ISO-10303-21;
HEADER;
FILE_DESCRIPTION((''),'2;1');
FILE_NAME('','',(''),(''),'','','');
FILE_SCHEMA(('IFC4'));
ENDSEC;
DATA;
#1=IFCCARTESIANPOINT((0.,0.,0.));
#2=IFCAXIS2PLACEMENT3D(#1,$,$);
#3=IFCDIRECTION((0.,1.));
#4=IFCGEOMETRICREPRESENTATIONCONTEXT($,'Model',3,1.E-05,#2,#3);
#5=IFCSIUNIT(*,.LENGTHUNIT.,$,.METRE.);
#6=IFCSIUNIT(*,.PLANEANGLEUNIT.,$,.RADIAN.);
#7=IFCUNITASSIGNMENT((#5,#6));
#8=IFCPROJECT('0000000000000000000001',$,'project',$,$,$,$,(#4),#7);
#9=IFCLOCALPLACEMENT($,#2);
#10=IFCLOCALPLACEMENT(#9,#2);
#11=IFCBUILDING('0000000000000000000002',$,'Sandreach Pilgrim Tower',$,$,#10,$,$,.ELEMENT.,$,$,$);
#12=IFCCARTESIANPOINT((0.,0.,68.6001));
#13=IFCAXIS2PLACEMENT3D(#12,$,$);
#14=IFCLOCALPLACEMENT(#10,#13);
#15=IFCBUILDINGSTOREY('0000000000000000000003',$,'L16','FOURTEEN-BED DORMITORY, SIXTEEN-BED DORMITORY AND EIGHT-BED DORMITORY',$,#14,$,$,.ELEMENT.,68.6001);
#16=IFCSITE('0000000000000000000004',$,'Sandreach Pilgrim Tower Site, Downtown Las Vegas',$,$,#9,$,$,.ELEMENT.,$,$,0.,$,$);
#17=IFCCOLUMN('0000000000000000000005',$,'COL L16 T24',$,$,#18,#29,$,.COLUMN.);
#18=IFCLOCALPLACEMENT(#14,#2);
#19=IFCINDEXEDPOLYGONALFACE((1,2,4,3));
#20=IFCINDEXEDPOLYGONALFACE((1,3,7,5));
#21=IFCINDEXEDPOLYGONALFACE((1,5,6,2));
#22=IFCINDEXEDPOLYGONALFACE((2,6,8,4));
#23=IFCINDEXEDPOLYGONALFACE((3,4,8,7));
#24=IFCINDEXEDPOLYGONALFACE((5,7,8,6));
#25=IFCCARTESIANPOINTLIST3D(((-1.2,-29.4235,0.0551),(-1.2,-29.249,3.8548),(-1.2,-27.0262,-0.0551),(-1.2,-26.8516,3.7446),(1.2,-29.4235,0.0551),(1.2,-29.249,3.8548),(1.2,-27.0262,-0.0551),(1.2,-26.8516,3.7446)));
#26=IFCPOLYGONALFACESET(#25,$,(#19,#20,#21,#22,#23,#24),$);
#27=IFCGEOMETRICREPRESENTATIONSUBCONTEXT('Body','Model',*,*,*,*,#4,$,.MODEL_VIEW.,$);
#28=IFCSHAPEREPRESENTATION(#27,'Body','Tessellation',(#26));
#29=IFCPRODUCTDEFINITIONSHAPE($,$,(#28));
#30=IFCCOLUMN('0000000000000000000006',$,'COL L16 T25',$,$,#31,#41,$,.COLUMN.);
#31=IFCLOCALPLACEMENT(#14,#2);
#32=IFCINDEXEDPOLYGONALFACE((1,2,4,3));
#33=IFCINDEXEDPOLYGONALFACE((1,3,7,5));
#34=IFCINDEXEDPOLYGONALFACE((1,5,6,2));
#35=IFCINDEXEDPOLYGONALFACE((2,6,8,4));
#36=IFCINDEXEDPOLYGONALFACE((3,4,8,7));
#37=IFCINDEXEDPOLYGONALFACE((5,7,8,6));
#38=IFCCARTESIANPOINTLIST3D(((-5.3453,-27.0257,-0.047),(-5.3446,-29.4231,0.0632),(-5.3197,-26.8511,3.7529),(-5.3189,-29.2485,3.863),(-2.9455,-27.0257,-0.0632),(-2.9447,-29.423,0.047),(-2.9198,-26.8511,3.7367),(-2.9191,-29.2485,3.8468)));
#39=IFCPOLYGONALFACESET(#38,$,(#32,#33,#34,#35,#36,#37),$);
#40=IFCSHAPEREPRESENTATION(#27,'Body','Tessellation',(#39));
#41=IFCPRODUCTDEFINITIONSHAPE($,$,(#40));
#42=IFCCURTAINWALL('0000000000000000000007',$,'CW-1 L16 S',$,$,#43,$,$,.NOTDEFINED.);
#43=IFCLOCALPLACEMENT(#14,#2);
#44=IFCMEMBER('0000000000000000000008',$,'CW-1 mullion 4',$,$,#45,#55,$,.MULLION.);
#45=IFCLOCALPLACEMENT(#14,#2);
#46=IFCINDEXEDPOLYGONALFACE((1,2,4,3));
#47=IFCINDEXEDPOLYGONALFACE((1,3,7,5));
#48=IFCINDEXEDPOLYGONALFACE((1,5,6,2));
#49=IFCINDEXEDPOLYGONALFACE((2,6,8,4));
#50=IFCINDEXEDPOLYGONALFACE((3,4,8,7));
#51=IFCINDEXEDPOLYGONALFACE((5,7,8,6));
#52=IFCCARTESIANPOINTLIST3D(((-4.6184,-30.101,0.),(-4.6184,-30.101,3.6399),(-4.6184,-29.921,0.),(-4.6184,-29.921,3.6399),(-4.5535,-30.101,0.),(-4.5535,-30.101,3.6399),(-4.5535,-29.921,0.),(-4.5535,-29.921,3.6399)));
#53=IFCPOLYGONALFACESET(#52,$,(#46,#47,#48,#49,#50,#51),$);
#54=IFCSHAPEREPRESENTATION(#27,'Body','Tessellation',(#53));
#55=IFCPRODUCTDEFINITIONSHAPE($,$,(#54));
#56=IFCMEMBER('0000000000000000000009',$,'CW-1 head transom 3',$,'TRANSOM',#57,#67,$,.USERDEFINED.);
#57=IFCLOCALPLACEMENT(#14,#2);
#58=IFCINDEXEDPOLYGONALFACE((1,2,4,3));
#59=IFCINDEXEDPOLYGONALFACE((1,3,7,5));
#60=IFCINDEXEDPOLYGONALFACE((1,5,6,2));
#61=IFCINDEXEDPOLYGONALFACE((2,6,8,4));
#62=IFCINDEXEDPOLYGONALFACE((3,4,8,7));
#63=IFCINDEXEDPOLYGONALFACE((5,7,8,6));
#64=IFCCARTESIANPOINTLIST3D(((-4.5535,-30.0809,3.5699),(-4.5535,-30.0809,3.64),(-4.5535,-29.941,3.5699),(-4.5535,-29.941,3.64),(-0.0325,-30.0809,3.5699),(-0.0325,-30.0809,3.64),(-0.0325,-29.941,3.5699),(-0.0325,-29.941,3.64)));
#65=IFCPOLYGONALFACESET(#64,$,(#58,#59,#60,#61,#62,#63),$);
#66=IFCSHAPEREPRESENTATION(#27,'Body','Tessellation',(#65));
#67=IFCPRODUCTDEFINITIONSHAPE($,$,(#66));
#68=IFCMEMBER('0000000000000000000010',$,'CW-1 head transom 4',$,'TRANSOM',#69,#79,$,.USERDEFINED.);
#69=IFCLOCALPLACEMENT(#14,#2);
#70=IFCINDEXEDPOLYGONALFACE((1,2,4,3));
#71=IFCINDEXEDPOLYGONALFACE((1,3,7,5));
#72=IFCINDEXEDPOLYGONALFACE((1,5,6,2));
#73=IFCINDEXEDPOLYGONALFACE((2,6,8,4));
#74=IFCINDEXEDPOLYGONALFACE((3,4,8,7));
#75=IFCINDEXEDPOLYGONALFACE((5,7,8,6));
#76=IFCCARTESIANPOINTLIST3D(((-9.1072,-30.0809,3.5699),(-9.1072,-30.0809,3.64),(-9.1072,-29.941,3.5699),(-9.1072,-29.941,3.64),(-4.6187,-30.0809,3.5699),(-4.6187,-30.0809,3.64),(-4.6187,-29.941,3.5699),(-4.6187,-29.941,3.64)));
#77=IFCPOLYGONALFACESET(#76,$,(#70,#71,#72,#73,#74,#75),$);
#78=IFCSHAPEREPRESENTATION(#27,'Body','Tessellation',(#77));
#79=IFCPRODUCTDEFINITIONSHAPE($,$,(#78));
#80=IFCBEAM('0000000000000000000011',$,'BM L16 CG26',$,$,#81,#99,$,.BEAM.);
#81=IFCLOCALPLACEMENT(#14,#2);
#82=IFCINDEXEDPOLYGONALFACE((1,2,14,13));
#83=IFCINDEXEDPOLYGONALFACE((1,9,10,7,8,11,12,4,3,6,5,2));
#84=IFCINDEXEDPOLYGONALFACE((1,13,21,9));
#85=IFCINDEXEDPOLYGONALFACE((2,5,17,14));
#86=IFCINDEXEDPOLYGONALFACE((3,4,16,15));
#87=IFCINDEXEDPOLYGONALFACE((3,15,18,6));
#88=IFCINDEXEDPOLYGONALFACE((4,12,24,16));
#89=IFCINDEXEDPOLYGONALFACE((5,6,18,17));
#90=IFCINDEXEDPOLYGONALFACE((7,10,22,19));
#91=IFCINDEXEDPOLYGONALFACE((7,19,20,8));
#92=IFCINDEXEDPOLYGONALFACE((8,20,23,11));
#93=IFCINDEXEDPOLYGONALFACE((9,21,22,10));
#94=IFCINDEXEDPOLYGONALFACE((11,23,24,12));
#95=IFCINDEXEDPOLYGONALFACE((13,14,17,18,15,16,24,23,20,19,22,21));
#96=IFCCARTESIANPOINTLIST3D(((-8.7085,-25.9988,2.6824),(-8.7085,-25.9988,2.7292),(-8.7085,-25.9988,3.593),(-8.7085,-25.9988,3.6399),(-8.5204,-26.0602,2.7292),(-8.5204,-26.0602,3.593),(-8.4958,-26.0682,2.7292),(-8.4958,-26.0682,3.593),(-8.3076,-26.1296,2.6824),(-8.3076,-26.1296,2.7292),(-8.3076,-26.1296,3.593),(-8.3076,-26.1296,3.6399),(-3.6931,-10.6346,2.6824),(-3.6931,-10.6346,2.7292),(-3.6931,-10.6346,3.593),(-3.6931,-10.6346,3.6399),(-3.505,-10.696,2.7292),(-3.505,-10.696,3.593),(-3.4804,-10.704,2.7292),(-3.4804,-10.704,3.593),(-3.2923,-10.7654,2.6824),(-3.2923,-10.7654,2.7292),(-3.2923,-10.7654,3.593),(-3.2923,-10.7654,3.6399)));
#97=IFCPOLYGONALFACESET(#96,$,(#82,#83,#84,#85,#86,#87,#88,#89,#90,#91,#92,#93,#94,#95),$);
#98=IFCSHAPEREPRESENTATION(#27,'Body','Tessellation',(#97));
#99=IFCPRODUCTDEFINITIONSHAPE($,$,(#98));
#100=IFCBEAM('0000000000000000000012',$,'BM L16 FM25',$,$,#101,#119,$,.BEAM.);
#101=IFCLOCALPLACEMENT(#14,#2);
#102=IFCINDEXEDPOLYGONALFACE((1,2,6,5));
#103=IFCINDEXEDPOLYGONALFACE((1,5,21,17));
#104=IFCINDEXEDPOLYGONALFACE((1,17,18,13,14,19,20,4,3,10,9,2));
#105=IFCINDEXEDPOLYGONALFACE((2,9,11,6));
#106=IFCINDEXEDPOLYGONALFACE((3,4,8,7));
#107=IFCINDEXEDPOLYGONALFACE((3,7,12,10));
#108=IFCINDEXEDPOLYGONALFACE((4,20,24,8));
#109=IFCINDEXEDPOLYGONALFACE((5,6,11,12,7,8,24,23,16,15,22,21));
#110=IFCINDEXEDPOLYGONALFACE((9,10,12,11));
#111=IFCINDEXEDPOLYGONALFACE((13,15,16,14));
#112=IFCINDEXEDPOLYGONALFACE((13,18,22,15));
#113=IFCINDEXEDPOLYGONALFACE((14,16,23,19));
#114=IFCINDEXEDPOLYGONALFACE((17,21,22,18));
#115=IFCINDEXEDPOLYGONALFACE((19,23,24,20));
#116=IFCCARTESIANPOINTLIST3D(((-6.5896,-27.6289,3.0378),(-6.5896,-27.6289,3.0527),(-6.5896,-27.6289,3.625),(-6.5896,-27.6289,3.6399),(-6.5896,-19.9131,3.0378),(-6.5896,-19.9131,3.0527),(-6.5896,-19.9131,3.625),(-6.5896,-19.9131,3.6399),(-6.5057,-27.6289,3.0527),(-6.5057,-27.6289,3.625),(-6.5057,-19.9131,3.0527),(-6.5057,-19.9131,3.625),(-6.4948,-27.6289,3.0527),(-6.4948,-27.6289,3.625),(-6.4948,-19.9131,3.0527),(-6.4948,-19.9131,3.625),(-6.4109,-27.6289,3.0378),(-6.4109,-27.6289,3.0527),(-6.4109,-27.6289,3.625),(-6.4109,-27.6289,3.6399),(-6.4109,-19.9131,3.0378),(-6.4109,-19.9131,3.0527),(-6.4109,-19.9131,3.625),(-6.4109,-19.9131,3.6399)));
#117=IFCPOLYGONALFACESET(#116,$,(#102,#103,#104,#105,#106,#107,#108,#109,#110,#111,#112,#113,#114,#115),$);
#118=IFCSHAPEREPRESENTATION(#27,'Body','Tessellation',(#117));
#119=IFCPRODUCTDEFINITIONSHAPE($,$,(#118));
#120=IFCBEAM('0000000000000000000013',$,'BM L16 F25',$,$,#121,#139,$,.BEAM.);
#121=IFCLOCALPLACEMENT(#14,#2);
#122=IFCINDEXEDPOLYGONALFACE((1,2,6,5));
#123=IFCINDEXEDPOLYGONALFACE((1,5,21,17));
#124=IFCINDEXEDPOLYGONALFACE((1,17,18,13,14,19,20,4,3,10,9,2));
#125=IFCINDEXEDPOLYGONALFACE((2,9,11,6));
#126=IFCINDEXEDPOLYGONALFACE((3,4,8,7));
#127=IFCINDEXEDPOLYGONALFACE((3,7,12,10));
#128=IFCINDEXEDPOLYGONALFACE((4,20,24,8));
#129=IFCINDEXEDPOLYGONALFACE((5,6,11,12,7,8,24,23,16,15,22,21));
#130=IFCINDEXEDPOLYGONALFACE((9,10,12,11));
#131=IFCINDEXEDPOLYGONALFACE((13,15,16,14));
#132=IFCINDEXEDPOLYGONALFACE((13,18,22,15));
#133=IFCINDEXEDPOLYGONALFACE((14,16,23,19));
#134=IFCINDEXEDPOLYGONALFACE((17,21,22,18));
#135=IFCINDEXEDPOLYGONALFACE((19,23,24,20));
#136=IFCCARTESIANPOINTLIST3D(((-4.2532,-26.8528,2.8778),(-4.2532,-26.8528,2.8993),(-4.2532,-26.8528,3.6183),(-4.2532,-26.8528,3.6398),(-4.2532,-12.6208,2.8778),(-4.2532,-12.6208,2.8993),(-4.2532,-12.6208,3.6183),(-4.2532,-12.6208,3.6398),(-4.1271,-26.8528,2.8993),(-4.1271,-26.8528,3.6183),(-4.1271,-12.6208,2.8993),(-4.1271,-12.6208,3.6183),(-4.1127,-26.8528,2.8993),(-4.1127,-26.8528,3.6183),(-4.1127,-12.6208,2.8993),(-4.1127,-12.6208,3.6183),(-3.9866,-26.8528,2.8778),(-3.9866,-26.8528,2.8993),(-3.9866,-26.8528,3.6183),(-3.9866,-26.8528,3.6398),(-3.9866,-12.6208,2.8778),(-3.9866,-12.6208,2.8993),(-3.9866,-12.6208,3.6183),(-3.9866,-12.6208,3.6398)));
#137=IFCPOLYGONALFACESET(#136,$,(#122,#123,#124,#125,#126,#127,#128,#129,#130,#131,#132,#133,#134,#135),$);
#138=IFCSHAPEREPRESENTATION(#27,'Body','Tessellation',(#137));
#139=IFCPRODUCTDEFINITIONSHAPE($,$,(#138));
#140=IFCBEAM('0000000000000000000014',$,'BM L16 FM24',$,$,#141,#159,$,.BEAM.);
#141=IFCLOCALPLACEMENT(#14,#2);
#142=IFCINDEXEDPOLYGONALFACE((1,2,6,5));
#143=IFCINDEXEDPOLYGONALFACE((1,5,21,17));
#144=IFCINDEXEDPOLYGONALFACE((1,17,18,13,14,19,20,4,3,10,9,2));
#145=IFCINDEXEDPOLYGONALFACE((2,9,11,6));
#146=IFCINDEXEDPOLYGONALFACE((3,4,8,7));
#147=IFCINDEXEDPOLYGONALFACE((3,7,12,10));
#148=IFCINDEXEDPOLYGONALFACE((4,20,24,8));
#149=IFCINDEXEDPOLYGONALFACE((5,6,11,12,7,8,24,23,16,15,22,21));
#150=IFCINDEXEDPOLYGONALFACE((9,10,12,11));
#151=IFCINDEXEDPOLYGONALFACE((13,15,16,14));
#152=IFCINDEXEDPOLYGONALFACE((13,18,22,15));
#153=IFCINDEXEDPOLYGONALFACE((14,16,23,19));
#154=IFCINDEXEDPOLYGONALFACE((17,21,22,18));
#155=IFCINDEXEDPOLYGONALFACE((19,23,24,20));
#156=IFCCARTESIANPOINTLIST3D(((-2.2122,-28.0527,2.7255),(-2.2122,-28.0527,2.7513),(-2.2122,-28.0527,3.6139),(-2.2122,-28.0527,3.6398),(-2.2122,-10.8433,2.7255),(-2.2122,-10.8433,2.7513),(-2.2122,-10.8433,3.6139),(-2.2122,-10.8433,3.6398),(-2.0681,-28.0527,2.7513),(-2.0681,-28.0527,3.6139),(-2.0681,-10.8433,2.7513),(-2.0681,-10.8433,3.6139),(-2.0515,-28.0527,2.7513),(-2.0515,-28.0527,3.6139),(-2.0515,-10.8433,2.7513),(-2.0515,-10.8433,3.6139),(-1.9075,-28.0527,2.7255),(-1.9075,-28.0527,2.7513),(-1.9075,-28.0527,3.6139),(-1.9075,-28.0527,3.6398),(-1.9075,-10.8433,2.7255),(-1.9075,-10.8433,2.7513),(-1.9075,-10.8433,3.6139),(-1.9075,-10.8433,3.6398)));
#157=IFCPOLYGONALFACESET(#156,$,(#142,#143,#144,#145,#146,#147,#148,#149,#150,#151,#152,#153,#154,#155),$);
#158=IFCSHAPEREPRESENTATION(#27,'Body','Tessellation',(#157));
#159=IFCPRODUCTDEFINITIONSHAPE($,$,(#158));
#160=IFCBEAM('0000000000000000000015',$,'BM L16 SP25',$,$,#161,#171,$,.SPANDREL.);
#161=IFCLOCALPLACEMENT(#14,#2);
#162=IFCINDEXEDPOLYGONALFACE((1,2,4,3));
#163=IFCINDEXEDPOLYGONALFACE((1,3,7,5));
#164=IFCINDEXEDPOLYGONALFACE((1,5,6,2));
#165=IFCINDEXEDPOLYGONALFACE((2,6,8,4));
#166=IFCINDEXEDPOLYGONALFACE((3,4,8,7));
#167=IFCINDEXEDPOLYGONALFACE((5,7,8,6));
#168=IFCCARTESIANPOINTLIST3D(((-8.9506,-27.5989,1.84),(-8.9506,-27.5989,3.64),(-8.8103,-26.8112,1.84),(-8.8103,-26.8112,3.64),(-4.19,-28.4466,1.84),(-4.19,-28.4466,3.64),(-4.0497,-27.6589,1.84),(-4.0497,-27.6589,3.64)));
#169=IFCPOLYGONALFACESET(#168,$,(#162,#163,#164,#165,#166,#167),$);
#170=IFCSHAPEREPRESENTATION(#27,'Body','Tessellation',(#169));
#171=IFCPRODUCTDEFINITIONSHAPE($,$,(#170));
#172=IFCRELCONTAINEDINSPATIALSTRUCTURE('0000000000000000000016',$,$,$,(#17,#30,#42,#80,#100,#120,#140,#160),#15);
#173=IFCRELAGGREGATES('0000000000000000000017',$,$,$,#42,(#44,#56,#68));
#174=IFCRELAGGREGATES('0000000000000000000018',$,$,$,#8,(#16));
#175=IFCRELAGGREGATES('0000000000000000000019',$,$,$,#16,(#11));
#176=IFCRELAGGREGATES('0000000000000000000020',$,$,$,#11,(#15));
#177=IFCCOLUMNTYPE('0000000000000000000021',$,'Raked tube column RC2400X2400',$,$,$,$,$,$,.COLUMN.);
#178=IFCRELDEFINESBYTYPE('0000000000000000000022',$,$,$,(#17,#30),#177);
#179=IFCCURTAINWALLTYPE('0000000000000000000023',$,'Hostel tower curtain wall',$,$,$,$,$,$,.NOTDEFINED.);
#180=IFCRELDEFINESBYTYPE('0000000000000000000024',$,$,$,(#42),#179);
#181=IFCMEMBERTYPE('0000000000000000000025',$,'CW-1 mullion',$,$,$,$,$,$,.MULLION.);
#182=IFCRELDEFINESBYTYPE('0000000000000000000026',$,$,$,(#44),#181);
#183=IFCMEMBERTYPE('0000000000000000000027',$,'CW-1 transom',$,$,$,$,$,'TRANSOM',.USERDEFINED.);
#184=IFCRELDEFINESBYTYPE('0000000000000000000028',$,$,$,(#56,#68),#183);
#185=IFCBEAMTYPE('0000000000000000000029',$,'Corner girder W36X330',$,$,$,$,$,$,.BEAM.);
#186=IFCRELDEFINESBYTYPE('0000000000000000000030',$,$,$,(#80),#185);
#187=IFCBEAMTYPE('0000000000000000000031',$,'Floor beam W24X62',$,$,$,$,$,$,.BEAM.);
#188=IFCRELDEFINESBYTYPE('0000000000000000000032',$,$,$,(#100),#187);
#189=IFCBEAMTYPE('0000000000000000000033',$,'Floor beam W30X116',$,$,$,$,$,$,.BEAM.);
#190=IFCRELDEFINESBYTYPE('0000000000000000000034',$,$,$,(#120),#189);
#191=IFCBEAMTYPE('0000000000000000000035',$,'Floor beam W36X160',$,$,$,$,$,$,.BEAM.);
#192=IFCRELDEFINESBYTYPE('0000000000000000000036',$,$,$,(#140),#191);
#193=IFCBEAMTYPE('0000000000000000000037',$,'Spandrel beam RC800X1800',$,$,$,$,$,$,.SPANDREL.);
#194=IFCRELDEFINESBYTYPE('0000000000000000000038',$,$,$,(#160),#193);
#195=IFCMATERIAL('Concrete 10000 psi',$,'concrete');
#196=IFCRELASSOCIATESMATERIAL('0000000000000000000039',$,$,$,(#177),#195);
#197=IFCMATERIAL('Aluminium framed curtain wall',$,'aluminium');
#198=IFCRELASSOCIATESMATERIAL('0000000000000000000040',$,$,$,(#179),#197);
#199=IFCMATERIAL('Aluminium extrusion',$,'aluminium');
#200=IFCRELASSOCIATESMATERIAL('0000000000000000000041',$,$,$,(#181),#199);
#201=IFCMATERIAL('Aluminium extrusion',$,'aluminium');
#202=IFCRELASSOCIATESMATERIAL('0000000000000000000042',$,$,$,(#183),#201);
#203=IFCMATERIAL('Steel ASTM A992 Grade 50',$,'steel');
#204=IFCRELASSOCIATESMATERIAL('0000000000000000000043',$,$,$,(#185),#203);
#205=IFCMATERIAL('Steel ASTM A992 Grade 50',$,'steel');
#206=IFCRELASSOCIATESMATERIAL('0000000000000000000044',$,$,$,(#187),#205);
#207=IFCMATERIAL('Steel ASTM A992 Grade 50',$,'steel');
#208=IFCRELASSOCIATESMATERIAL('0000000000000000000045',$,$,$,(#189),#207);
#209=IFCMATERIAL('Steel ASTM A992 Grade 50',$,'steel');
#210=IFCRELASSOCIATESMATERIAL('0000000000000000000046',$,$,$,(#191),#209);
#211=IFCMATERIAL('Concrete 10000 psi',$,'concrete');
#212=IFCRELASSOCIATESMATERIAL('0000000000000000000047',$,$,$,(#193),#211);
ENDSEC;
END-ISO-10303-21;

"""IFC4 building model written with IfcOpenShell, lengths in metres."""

from ifc_helpers import new_model, si_unit, direction, frame, origin, origin_2d, place, context, subcontext, project, spatial, rectangle, i_section, extrude, material, material_profile, profile_set, type_object, element, aggregate, save


model = new_model("IFC4")

# Units and contexts
model_context = context("Model", 3, precision=1e-05, world=origin(), true_north=direction((0.0, 1.0)))
body_context = subcontext(model_context, "Body", "Model", "MODEL_VIEW")
ifc_project = project(units=[si_unit("LENGTHUNIT", "METRE"), si_unit("PLANEANGLEUNIT", "RADIAN")], contexts=[model_context])

# Site, building, storey
site_placement = place(None, origin())
site = spatial("IfcSite", under=ifc_project, at=site_placement, Name="Sandreach Pilgrim Tower Site, Downtown Las Vegas", CompositionType="ELEMENT", RefElevation=0.0)
building_placement = place(site_placement, origin())
building = spatial("IfcBuilding", under=site, at=building_placement, Name="Sandreach Pilgrim Tower", CompositionType="ELEMENT")
storey_placement = place(building_placement, frame((0.0, 0.0, 68.6001)))
storey = spatial("IfcBuildingStorey", under=building, at=storey_placement, Name="L16", Description="FOURTEEN-BED DORMITORY, SIXTEEN-BED DORMITORY AND EIGHT-BED DORMITORY", CompositionType="ELEMENT", Elevation=68.6001)

# Columns
ifc_material_1 = material(Name="Concrete 10000 psi", Category="concrete")
ifc_material_profile_1 = material_profile(ifc_material_1, rectangle(XDim=2.3999, YDim=2.3999, at=origin_2d()), Name="RC2400X2400")
ifc_profile_set_1 = profile_set([ifc_material_profile_1], Name="Concrete 10000 psi")
column_type = type_object("IfcColumnType", Name="Raked tube column RC2400X2400", PredefinedType="COLUMN", material=ifc_profile_set_1)
column_1_placement = place(storey_placement, frame((0.0, -28.2249, 0.0), z_axis=(0.0, 0.045891, 0.998946), x_axis=(0.0, -0.998946, 0.045891)))
element("IfcColumn", 1, at=column_1_placement, inside=storey, type_object=column_type, Name="COL L16 T24", PredefinedType="COLUMN", context=body_context, shape_type="SweptSolid", body=[
    extrude(rectangle(XDim=2.3999, YDim=2.3999, at=origin_2d()), origin(), (0.0, 0.0, 1.0), 3.8037),
])
column_2_placement = place(storey_placement, frame((-4.145, -28.2244, 0.0), z_axis=(0.006739, 0.04589, 0.998924), x_axis=(0.000315, -0.998947, 0.045889)))
element("IfcColumn", 2, at=column_2_placement, inside=storey, type_object=column_type, Name="COL L16 T25", PredefinedType="COLUMN", context=body_context, shape_type="SweptSolid", body=[
    extrude(rectangle(XDim=2.3999, YDim=2.3999, at=origin_2d()), origin(), (0.0, 0.0, 1.0), 3.804),
])

# Curtain wall, members
ifc_material_2 = material(Name="Aluminium framed curtain wall", Category="aluminium")
curtain_wall_type = type_object("IfcCurtainWallType", Name="Hostel tower curtain wall", PredefinedType="NOTDEFINED", material=ifc_material_2)
curtain_wall_placement = place(storey_placement, origin())
curtain_wall = element("IfcCurtainWall", 3, at=curtain_wall_placement, inside=storey, type_object=curtain_wall_type, Name="CW-1 L16 S", PredefinedType="NOTDEFINED")
ifc_material_3 = material(Name="Aluminium extrusion", Category="aluminium")
ifc_material_profile_2 = material_profile(ifc_material_3, rectangle(XDim=0.0649, YDim=0.1799, at=origin_2d()), Name="CW-1M 65X180")
ifc_profile_set_2 = profile_set([ifc_material_profile_2], Name="Aluminium extrusion")
member_type_1 = type_object("IfcMemberType", Name="CW-1 mullion", PredefinedType="MULLION", material=ifc_profile_set_2)
member_1_placement = place(storey_placement, frame((-4.5859, -30.011, 0.0), z_axis=(0.0, 0.0, 1.0), x_axis=(-1.0, 0.0, 0.0)))
member_1 = element("IfcMember", 4, at=member_1_placement, type_object=member_type_1, Name="CW-1 mullion 4", PredefinedType="MULLION", context=body_context, shape_type="SweptSolid", body=[
    extrude(rectangle(XDim=0.0649, YDim=0.1799, at=origin_2d()), origin(), (0.0, 0.0, 1.0), 3.6399),
])
ifc_material_4 = material(Name="Aluminium extrusion", Category="aluminium")
ifc_material_profile_3 = material_profile(ifc_material_4, rectangle(XDim=0.1399, YDim=0.0701, at=origin_2d()), Name="CW-1T 140X70")
ifc_profile_set_3 = profile_set([ifc_material_profile_3], Name="Aluminium extrusion")
member_type_2 = type_object("IfcMemberType", Name="CW-1 transom", ElementType="TRANSOM", PredefinedType="USERDEFINED", material=ifc_profile_set_3)
member_2_placement = place(storey_placement, frame((-0.0325, -30.011, 3.605), z_axis=(-1.0, 0.0, 0.0), x_axis=(0.0, -1.0, 0.0)))
member_2 = element("IfcMember", 5, at=member_2_placement, type_object=member_type_2, Name="CW-1 head transom 3", ObjectType="TRANSOM", PredefinedType="USERDEFINED", context=body_context, shape_type="SweptSolid", body=[
    extrude(rectangle(XDim=0.1399, YDim=0.0701, at=origin_2d()), origin(), (0.0, 0.0, 1.0), 4.521),
])
member_3_placement = place(storey_placement, frame((-4.6187, -30.011, 3.605), z_axis=(-1.0, 0.0, 0.0), x_axis=(0.0, -1.0, 0.0)))
member_3 = element("IfcMember", 6, at=member_3_placement, type_object=member_type_2, Name="CW-1 head transom 4", ObjectType="TRANSOM", PredefinedType="USERDEFINED", context=body_context, shape_type="SweptSolid", body=[
    extrude(rectangle(XDim=0.1399, YDim=0.0701, at=origin_2d()), origin(), (0.0, 0.0, 1.0), 4.4885),
])

# Beams
ifc_material_5 = material(Name="Steel ASTM A992 Grade 50", Category="steel")
ifc_material_profile_4 = material_profile(ifc_material_5, i_section(OverallWidth=0.4216, OverallDepth=0.9575, WebThickness=0.0259, FlangeThickness=0.0469, at=origin_2d()), Name="W36X330")
ifc_profile_set_4 = profile_set([ifc_material_profile_4], Name="Steel ASTM A992 Grade 50")
beam_type_1 = type_object("IfcBeamType", Name="Corner girder W36X330", PredefinedType="BEAM", material=ifc_profile_set_4)
beam_1_placement = place(storey_placement, frame((-8.5081, -26.0642, 3.1611), z_axis=(0.310317, 0.950633, 0.0), x_axis=(-0.950633, 0.310317, 0.0)))
element("IfcBeam", 7, at=beam_1_placement, inside=storey, type_object=beam_type_1, Name="BM L16 CG26", PredefinedType="BEAM", context=body_context, shape_type="SweptSolid", body=[
    extrude(i_section(OverallWidth=0.4216, OverallDepth=0.9575, WebThickness=0.0259, FlangeThickness=0.0469, at=origin_2d()), origin(), (0.0, 0.0, 1.0), 16.1621),
])
ifc_material_6 = material(Name="Steel ASTM A992 Grade 50", Category="steel")
ifc_material_profile_5 = material_profile(ifc_material_6, i_section(OverallWidth=0.1787, OverallDepth=0.6021, WebThickness=0.011, FlangeThickness=0.0149, at=origin_2d()), Name="W24X62")
ifc_profile_set_5 = profile_set([ifc_material_profile_5], Name="Steel ASTM A992 Grade 50")
beam_type_2 = type_object("IfcBeamType", Name="Floor beam W24X62", PredefinedType="BEAM", material=ifc_profile_set_5)
beam_2_placement = place(storey_placement, frame((-6.5002, -27.6289, 3.3389), z_axis=(0.0, 1.0, 0.0), x_axis=(-1.0, 0.0, 0.0)))
element("IfcBeam", 8, at=beam_2_placement, inside=storey, type_object=beam_type_2, Name="BM L16 FM25", PredefinedType="BEAM", context=body_context, shape_type="SweptSolid", body=[
    extrude(i_section(OverallWidth=0.1787, OverallDepth=0.6021, WebThickness=0.011, FlangeThickness=0.0149, at=origin_2d()), origin(), (0.0, 0.0, 1.0), 7.7158),
])
ifc_material_7 = material(Name="Steel ASTM A992 Grade 50", Category="steel")
ifc_material_profile_6 = material_profile(ifc_material_7, i_section(OverallWidth=0.2666, OverallDepth=0.762, WebThickness=0.0144, FlangeThickness=0.0215, at=origin_2d()), Name="W30X116")
ifc_profile_set_6 = profile_set([ifc_material_profile_6], Name="Steel ASTM A992 Grade 50")
beam_type_3 = type_object("IfcBeamType", Name="Floor beam W30X116", PredefinedType="BEAM", material=ifc_profile_set_6)
beam_3_placement = place(storey_placement, frame((-4.1199, -26.8528, 3.2588), z_axis=(0.0, 1.0, 0.0), x_axis=(-1.0, 0.0, 0.0)))
element("IfcBeam", 9, at=beam_3_placement, inside=storey, type_object=beam_type_3, Name="BM L16 F25", PredefinedType="BEAM", context=body_context, shape_type="SweptSolid", body=[
    extrude(i_section(OverallWidth=0.2666, OverallDepth=0.762, WebThickness=0.0144, FlangeThickness=0.0215, at=origin_2d()), origin(), (0.0, 0.0, 1.0), 14.2319),
])
ifc_material_8 = material(Name="Steel ASTM A992 Grade 50", Category="steel")
ifc_material_profile_7 = material_profile(ifc_material_8, i_section(OverallWidth=0.3047, OverallDepth=0.9143, WebThickness=0.0166, FlangeThickness=0.0259, at=origin_2d()), Name="W36X160")
ifc_profile_set_7 = profile_set([ifc_material_profile_7], Name="Steel ASTM A992 Grade 50")
beam_type_4 = type_object("IfcBeamType", Name="Floor beam W36X160", PredefinedType="BEAM", material=ifc_profile_set_7)
beam_4_placement = place(storey_placement, frame((-2.0598, -28.0527, 3.1826), z_axis=(0.0, 1.0, 0.0), x_axis=(-1.0, 0.0, 0.0)))
element("IfcBeam", 10, at=beam_4_placement, inside=storey, type_object=beam_type_4, Name="BM L16 FM24", PredefinedType="BEAM", context=body_context, shape_type="SweptSolid", body=[
    extrude(i_section(OverallWidth=0.3047, OverallDepth=0.9143, WebThickness=0.0166, FlangeThickness=0.0259, at=origin_2d()), origin(), (0.0, 0.0, 1.0), 17.2095),
])
ifc_material_9 = material(Name="Concrete 10000 psi", Category="concrete")
ifc_material_profile_8 = material_profile(ifc_material_9, rectangle(XDim=0.8, YDim=1.8, at=origin_2d()), Name="RC800X1800")
ifc_profile_set_8 = profile_set([ifc_material_profile_8], Name="Concrete 10000 psi")
beam_type_5 = type_object("IfcBeamType", Name="Spandrel beam RC800X1800", PredefinedType="SPANDREL", material=ifc_profile_set_8)
beam_5_placement = place(storey_placement, frame((-4.1199, -28.0527, 2.74), z_axis=(-0.984515, 0.175303, 0.0), x_axis=(-0.175303, -0.984515, 0.0)))
element("IfcBeam", 11, at=beam_5_placement, inside=storey, type_object=beam_type_5, Name="BM L16 SP25", PredefinedType="SPANDREL", context=body_context, shape_type="SweptSolid", body=[
    extrude(rectangle(XDim=0.8, YDim=1.8, at=origin_2d()), origin(), (0.0, 0.0, 1.0), 4.8354),
])

aggregate(curtain_wall, [member_1, member_2, member_3])

save(model, "model.ifc")
